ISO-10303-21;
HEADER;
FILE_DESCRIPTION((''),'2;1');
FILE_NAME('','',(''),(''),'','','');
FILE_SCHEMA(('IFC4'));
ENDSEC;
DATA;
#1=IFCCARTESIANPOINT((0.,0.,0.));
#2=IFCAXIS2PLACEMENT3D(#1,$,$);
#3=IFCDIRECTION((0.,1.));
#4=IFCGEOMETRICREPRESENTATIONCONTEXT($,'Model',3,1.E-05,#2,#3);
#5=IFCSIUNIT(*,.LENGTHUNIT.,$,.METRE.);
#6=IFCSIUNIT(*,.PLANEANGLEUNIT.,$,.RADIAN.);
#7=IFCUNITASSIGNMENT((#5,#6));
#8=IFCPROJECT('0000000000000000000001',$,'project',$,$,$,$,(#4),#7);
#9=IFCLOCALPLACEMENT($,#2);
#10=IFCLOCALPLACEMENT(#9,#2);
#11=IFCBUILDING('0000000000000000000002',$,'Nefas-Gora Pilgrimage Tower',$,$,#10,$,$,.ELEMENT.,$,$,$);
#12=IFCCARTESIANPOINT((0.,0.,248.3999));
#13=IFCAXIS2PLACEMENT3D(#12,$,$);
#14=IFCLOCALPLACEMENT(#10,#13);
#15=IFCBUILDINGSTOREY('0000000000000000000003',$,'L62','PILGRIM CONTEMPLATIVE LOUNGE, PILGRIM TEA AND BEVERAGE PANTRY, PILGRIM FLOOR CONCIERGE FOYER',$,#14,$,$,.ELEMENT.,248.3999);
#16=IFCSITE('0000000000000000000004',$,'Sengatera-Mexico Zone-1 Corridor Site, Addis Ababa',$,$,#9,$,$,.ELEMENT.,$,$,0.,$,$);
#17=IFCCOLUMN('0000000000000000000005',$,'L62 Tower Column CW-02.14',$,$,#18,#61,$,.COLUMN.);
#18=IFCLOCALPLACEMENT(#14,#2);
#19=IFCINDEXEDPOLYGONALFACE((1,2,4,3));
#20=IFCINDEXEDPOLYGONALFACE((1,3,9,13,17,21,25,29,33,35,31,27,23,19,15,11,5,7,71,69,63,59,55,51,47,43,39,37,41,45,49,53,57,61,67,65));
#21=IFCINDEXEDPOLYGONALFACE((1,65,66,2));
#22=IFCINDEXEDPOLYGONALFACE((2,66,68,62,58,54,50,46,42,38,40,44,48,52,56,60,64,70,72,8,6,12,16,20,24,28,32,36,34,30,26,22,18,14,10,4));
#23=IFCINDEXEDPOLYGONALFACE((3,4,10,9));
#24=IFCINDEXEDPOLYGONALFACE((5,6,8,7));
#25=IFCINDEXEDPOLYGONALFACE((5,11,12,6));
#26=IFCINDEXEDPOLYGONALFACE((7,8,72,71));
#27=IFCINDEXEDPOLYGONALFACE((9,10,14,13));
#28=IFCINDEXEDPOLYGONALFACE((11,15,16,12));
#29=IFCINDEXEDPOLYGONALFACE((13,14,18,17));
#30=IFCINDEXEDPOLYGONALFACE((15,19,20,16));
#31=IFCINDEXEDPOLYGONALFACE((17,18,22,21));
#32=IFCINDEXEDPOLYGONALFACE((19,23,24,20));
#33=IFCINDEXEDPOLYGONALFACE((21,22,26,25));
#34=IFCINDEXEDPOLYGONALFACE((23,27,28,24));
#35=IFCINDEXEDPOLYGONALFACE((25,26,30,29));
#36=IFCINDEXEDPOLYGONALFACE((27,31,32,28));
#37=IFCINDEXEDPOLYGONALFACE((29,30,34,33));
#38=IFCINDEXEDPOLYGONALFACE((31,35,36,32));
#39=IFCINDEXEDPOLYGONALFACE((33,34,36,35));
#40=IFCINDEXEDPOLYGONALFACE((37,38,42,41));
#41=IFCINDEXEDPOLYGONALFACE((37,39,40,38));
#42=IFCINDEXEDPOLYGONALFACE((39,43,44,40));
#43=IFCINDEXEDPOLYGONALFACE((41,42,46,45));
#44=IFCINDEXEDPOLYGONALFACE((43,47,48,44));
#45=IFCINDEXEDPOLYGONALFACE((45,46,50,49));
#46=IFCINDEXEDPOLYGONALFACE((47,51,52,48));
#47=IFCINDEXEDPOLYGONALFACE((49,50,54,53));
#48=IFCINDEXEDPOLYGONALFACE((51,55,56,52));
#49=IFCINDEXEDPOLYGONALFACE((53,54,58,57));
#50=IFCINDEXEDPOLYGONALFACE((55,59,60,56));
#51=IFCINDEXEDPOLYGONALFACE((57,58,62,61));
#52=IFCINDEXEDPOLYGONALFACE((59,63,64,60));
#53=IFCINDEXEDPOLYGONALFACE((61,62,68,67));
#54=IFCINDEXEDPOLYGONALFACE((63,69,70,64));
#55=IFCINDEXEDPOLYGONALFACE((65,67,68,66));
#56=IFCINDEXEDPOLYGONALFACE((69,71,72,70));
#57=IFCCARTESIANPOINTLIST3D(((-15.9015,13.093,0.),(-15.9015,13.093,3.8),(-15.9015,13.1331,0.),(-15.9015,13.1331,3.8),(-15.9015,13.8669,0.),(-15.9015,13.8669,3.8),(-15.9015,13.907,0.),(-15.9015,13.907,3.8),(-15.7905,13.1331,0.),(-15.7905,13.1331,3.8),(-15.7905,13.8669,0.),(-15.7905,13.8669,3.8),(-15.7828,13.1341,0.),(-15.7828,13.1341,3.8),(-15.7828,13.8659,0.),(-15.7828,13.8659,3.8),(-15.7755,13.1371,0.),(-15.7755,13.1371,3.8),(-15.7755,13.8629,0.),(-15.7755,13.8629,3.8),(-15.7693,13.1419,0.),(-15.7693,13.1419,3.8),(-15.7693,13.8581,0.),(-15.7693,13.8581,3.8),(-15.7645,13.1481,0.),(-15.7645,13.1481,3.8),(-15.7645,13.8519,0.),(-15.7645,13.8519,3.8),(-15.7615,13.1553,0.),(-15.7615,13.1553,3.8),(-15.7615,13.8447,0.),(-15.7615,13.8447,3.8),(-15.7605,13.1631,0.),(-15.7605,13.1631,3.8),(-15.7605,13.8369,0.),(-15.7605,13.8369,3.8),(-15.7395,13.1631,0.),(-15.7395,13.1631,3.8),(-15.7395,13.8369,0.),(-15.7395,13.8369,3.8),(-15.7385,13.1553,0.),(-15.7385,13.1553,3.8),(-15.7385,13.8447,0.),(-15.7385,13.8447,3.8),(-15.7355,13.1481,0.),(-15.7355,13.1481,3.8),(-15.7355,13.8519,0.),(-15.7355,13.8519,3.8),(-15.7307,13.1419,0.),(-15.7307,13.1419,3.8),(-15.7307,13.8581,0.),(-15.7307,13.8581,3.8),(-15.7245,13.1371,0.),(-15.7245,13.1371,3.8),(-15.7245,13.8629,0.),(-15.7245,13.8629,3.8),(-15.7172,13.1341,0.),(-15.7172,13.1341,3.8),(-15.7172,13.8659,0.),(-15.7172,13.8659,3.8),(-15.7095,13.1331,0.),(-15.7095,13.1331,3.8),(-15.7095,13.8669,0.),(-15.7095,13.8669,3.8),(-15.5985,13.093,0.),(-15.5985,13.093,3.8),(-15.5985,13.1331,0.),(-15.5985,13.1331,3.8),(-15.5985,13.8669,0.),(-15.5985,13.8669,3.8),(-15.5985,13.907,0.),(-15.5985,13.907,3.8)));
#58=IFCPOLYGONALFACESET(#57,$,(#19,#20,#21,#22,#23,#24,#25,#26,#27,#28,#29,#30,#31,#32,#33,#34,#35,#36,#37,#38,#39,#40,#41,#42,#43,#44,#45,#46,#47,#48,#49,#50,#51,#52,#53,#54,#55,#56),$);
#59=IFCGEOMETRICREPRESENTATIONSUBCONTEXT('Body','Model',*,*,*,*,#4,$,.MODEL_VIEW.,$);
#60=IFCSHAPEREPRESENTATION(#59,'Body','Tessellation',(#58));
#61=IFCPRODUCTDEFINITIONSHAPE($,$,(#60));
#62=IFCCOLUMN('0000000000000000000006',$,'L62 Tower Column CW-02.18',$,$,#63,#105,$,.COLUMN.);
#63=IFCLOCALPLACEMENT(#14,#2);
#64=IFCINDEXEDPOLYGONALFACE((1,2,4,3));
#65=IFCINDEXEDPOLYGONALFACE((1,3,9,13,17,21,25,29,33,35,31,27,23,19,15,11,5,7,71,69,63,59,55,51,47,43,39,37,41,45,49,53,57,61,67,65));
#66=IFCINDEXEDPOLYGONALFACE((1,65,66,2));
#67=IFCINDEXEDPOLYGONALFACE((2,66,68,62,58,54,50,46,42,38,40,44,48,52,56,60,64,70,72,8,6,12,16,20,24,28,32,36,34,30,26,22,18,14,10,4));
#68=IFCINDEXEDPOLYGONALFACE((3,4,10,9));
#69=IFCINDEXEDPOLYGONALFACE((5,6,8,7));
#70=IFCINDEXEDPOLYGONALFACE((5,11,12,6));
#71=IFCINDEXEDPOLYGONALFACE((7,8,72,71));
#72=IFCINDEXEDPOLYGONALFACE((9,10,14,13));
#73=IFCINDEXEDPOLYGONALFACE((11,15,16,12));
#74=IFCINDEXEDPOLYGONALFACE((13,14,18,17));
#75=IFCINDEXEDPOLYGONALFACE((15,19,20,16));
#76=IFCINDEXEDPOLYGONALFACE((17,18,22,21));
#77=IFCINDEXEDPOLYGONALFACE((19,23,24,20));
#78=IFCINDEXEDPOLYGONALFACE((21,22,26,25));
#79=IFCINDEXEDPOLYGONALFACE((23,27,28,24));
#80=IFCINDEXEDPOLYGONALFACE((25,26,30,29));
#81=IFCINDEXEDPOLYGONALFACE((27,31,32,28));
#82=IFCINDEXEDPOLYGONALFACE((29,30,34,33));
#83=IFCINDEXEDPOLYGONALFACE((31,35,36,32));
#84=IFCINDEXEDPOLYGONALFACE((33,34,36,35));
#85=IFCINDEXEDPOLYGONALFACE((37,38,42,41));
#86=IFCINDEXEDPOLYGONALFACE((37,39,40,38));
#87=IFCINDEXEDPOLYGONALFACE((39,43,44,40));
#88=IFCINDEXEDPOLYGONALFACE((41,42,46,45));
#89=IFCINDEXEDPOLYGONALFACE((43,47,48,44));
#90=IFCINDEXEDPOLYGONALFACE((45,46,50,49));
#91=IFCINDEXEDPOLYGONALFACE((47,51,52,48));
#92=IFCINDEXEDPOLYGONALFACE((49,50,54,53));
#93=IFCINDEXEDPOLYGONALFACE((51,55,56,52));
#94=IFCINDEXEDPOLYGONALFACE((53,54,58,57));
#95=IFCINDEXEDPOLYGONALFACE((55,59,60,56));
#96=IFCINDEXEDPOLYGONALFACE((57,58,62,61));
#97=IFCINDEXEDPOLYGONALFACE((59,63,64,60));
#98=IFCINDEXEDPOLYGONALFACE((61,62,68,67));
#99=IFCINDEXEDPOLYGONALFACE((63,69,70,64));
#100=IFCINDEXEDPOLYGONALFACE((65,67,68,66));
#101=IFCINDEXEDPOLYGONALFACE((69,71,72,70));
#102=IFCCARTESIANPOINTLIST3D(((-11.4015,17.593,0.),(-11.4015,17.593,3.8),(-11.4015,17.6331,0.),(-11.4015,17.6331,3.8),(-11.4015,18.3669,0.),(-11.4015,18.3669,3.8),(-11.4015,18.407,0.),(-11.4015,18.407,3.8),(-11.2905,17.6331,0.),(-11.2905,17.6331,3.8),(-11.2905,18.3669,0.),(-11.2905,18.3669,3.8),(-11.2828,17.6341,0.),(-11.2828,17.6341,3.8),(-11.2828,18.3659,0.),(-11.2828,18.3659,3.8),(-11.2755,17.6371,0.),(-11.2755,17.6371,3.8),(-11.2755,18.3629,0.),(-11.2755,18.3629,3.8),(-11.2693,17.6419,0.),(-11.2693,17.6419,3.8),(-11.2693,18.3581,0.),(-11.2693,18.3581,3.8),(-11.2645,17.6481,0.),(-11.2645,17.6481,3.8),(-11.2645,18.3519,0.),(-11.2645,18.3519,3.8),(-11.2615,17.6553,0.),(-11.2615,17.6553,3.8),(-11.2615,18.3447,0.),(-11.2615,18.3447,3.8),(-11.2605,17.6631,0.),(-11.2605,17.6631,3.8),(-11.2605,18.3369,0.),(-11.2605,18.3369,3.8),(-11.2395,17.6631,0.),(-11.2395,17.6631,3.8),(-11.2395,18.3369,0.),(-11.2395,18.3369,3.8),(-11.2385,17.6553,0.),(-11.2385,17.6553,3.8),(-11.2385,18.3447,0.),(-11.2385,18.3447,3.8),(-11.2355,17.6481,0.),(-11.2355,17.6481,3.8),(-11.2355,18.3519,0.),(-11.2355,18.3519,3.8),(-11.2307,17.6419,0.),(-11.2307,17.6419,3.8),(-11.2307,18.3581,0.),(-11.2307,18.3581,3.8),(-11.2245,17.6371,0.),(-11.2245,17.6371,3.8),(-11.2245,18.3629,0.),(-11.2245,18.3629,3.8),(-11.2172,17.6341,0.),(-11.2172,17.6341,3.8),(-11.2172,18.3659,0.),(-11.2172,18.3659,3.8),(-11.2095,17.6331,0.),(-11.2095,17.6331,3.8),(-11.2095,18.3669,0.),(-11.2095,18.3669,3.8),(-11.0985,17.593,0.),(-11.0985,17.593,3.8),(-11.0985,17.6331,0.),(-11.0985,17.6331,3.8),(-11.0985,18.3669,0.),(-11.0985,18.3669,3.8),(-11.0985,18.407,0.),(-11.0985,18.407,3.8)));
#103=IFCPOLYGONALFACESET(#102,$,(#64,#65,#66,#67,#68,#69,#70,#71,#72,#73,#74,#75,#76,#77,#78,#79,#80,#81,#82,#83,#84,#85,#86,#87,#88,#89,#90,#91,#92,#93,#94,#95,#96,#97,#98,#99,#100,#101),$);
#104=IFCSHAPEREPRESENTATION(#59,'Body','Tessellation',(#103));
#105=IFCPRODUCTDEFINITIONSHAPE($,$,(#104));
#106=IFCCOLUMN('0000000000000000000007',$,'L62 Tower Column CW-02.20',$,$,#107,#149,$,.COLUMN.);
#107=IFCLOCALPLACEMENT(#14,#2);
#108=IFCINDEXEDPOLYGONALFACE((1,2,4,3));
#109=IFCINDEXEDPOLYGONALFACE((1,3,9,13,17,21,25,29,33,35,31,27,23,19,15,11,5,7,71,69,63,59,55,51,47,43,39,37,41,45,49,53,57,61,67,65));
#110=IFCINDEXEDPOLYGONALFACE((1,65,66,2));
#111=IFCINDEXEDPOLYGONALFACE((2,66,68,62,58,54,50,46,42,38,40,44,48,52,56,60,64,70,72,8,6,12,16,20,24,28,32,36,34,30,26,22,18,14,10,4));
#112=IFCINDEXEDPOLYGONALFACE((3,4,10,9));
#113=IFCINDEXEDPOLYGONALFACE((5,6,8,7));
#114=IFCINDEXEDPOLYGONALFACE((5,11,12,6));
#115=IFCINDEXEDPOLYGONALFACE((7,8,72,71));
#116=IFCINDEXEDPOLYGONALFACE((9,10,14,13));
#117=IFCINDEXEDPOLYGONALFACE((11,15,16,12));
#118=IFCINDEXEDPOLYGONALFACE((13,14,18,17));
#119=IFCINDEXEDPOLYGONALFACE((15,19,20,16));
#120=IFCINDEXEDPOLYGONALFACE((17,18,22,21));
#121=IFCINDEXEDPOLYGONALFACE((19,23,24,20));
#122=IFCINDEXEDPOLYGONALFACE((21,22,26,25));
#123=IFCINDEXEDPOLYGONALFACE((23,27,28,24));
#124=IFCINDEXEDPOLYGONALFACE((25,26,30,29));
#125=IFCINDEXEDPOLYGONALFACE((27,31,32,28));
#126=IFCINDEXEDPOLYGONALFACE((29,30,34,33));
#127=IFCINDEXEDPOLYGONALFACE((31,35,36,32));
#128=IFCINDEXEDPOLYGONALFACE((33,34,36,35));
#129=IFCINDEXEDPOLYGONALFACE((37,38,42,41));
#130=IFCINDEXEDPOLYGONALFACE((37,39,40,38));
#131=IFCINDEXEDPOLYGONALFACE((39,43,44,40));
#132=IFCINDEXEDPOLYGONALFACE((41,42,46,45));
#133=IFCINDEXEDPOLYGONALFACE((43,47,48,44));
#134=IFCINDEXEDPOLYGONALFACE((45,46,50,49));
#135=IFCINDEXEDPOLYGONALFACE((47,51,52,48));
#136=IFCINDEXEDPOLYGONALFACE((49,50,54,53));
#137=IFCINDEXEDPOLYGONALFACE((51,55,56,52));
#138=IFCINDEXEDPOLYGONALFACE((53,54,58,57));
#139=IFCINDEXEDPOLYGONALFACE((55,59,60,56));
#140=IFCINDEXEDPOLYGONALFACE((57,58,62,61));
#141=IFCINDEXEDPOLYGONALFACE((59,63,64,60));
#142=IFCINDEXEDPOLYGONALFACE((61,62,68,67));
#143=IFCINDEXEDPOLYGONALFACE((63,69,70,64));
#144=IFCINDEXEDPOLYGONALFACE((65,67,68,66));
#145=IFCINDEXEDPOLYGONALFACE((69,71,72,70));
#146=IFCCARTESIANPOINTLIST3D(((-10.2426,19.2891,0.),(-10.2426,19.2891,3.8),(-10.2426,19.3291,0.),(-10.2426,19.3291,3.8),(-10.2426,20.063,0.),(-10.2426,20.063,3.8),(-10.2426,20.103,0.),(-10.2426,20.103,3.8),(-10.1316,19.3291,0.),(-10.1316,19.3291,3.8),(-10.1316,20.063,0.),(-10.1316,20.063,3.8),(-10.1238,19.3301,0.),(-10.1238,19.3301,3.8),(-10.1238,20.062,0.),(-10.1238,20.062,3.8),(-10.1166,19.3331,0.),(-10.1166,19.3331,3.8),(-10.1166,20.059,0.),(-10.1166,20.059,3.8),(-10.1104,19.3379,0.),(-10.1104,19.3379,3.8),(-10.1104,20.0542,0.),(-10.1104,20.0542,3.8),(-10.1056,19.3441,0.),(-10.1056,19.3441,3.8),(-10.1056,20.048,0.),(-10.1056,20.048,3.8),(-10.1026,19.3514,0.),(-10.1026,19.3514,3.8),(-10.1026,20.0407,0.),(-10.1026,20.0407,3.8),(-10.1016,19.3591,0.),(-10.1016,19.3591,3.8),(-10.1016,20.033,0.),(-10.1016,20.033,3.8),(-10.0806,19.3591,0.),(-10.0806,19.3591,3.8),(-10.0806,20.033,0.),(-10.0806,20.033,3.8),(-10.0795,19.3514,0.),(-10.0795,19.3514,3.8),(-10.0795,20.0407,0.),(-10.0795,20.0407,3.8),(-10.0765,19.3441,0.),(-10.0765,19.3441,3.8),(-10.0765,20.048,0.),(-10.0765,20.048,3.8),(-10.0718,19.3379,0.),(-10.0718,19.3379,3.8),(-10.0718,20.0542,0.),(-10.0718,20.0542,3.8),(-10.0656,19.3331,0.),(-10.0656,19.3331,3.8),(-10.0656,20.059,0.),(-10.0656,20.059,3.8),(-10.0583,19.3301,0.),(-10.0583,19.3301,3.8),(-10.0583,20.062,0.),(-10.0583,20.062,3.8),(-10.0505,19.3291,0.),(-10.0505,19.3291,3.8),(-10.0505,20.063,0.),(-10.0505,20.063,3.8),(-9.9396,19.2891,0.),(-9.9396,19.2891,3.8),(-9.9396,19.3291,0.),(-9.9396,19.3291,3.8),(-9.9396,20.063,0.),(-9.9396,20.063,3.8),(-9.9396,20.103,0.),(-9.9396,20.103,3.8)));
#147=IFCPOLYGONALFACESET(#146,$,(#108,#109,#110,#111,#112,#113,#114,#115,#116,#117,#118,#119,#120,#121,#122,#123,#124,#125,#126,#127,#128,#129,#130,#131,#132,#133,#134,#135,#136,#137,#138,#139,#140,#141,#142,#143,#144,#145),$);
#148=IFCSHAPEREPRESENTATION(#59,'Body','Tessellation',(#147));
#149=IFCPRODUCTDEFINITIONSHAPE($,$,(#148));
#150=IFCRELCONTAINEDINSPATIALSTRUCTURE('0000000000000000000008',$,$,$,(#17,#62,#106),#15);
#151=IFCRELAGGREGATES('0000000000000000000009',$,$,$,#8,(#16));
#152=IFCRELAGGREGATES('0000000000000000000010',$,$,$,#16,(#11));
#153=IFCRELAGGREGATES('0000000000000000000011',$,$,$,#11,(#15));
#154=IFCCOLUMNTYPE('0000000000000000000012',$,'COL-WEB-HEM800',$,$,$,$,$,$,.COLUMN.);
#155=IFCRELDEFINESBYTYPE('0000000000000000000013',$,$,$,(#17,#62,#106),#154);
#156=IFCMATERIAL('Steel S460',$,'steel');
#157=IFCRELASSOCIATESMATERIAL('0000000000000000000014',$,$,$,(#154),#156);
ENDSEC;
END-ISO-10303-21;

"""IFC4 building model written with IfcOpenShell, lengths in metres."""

from ifc_helpers import new_model, si_unit, direction, frame, origin, origin_2d, place, context, subcontext, project, spatial, i_section, extrude, source, transform, mapped, material, material_profile, profile_set, type_object, element, save


model = new_model("IFC4")

# Units and contexts
model_context = context("Model", 3, precision=1e-05, world=origin(), true_north=direction((0.0, 1.0)))
body_context = subcontext(model_context, "Body", "Model", "MODEL_VIEW")
ifc_project = project(units=[si_unit("LENGTHUNIT", "METRE"), si_unit("PLANEANGLEUNIT", "RADIAN")], contexts=[model_context])

# Site, building, storey
site_placement = place(None, origin())
site = spatial("IfcSite", under=ifc_project, at=site_placement, Name="Sengatera-Mexico Zone-1 Corridor Site, Addis Ababa", CompositionType="ELEMENT", RefElevation=0.0)
building_placement = place(site_placement, origin())
building = spatial("IfcBuilding", under=site, at=building_placement, Name="Nefas-Gora Pilgrimage Tower", CompositionType="ELEMENT")
storey_placement = place(building_placement, frame((0.0, 0.0, 248.3999)))
storey = spatial("IfcBuildingStorey", under=building, at=storey_placement, Name="L62", Description="PILGRIM CONTEMPLATIVE LOUNGE, PILGRIM TEA AND BEVERAGE PANTRY, PILGRIM FLOOR CONCIERGE FOYER", CompositionType="ELEMENT", Elevation=248.3999)

# Columns
ifc_material_1 = material(Name="Steel S460", Category="steel")
ifc_material_profile_1 = material_profile(ifc_material_1, i_section(OverallWidth=0.303, OverallDepth=0.814, WebThickness=0.021, FlangeThickness=0.04, FilletRadius=0.03, at=origin_2d()), Name="HEM 800")
ifc_profile_set_1 = profile_set([ifc_material_profile_1], Name="Steel S460")
column_type_1 = type_object("IfcColumnType", Name="COL-WEB-HEM800", PredefinedType="COLUMN", material=ifc_profile_set_1)
shared_shape_1 = source(origin(), body_context, "Body", "SweptSolid", [
    extrude(i_section(OverallWidth=0.303, OverallDepth=0.814, WebThickness=0.021, FlangeThickness=0.04, FilletRadius=0.03, at=origin_2d()), origin(), (0.0, 0.0, 1.0), 3.8),
])
for number, where, z_axis, x_axis, name in (
    (1, (-15.75, 13.5, 0.0), (0.0, 0.0, 1.0), (1.0, 0.0, 0.0), "L62 Tower Column CW-02.14"),
    (2, (-11.25, 18.0, 0.0), (0.0, 0.0, 1.0), (1.0, 0.0, 0.0), "L62 Tower Column CW-02.18"),
    (3, (-10.0911, 19.696, 0.0), (0.0, 0.0, 1.0), (1.0, 0.0, 0.0), "L62 Tower Column CW-02.20"),
):
    element("IfcColumn", number, at=place(storey_placement, frame(where, z_axis=z_axis, x_axis=x_axis)), inside=storey, type_object=column_type_1, Name=name, PredefinedType="COLUMN", context=body_context, shape_type="MappedRepresentation", body=[
        mapped(shared_shape_1, transform((0.0, 0.0, 0.0), x_axis=(1.0, 0.0, 0.0), y_axis=(0.0, 1.0, 0.0), z_axis=(0.0, 0.0, 1.0), scale=1.0)),
    ])

save(model, "model.ifc")
